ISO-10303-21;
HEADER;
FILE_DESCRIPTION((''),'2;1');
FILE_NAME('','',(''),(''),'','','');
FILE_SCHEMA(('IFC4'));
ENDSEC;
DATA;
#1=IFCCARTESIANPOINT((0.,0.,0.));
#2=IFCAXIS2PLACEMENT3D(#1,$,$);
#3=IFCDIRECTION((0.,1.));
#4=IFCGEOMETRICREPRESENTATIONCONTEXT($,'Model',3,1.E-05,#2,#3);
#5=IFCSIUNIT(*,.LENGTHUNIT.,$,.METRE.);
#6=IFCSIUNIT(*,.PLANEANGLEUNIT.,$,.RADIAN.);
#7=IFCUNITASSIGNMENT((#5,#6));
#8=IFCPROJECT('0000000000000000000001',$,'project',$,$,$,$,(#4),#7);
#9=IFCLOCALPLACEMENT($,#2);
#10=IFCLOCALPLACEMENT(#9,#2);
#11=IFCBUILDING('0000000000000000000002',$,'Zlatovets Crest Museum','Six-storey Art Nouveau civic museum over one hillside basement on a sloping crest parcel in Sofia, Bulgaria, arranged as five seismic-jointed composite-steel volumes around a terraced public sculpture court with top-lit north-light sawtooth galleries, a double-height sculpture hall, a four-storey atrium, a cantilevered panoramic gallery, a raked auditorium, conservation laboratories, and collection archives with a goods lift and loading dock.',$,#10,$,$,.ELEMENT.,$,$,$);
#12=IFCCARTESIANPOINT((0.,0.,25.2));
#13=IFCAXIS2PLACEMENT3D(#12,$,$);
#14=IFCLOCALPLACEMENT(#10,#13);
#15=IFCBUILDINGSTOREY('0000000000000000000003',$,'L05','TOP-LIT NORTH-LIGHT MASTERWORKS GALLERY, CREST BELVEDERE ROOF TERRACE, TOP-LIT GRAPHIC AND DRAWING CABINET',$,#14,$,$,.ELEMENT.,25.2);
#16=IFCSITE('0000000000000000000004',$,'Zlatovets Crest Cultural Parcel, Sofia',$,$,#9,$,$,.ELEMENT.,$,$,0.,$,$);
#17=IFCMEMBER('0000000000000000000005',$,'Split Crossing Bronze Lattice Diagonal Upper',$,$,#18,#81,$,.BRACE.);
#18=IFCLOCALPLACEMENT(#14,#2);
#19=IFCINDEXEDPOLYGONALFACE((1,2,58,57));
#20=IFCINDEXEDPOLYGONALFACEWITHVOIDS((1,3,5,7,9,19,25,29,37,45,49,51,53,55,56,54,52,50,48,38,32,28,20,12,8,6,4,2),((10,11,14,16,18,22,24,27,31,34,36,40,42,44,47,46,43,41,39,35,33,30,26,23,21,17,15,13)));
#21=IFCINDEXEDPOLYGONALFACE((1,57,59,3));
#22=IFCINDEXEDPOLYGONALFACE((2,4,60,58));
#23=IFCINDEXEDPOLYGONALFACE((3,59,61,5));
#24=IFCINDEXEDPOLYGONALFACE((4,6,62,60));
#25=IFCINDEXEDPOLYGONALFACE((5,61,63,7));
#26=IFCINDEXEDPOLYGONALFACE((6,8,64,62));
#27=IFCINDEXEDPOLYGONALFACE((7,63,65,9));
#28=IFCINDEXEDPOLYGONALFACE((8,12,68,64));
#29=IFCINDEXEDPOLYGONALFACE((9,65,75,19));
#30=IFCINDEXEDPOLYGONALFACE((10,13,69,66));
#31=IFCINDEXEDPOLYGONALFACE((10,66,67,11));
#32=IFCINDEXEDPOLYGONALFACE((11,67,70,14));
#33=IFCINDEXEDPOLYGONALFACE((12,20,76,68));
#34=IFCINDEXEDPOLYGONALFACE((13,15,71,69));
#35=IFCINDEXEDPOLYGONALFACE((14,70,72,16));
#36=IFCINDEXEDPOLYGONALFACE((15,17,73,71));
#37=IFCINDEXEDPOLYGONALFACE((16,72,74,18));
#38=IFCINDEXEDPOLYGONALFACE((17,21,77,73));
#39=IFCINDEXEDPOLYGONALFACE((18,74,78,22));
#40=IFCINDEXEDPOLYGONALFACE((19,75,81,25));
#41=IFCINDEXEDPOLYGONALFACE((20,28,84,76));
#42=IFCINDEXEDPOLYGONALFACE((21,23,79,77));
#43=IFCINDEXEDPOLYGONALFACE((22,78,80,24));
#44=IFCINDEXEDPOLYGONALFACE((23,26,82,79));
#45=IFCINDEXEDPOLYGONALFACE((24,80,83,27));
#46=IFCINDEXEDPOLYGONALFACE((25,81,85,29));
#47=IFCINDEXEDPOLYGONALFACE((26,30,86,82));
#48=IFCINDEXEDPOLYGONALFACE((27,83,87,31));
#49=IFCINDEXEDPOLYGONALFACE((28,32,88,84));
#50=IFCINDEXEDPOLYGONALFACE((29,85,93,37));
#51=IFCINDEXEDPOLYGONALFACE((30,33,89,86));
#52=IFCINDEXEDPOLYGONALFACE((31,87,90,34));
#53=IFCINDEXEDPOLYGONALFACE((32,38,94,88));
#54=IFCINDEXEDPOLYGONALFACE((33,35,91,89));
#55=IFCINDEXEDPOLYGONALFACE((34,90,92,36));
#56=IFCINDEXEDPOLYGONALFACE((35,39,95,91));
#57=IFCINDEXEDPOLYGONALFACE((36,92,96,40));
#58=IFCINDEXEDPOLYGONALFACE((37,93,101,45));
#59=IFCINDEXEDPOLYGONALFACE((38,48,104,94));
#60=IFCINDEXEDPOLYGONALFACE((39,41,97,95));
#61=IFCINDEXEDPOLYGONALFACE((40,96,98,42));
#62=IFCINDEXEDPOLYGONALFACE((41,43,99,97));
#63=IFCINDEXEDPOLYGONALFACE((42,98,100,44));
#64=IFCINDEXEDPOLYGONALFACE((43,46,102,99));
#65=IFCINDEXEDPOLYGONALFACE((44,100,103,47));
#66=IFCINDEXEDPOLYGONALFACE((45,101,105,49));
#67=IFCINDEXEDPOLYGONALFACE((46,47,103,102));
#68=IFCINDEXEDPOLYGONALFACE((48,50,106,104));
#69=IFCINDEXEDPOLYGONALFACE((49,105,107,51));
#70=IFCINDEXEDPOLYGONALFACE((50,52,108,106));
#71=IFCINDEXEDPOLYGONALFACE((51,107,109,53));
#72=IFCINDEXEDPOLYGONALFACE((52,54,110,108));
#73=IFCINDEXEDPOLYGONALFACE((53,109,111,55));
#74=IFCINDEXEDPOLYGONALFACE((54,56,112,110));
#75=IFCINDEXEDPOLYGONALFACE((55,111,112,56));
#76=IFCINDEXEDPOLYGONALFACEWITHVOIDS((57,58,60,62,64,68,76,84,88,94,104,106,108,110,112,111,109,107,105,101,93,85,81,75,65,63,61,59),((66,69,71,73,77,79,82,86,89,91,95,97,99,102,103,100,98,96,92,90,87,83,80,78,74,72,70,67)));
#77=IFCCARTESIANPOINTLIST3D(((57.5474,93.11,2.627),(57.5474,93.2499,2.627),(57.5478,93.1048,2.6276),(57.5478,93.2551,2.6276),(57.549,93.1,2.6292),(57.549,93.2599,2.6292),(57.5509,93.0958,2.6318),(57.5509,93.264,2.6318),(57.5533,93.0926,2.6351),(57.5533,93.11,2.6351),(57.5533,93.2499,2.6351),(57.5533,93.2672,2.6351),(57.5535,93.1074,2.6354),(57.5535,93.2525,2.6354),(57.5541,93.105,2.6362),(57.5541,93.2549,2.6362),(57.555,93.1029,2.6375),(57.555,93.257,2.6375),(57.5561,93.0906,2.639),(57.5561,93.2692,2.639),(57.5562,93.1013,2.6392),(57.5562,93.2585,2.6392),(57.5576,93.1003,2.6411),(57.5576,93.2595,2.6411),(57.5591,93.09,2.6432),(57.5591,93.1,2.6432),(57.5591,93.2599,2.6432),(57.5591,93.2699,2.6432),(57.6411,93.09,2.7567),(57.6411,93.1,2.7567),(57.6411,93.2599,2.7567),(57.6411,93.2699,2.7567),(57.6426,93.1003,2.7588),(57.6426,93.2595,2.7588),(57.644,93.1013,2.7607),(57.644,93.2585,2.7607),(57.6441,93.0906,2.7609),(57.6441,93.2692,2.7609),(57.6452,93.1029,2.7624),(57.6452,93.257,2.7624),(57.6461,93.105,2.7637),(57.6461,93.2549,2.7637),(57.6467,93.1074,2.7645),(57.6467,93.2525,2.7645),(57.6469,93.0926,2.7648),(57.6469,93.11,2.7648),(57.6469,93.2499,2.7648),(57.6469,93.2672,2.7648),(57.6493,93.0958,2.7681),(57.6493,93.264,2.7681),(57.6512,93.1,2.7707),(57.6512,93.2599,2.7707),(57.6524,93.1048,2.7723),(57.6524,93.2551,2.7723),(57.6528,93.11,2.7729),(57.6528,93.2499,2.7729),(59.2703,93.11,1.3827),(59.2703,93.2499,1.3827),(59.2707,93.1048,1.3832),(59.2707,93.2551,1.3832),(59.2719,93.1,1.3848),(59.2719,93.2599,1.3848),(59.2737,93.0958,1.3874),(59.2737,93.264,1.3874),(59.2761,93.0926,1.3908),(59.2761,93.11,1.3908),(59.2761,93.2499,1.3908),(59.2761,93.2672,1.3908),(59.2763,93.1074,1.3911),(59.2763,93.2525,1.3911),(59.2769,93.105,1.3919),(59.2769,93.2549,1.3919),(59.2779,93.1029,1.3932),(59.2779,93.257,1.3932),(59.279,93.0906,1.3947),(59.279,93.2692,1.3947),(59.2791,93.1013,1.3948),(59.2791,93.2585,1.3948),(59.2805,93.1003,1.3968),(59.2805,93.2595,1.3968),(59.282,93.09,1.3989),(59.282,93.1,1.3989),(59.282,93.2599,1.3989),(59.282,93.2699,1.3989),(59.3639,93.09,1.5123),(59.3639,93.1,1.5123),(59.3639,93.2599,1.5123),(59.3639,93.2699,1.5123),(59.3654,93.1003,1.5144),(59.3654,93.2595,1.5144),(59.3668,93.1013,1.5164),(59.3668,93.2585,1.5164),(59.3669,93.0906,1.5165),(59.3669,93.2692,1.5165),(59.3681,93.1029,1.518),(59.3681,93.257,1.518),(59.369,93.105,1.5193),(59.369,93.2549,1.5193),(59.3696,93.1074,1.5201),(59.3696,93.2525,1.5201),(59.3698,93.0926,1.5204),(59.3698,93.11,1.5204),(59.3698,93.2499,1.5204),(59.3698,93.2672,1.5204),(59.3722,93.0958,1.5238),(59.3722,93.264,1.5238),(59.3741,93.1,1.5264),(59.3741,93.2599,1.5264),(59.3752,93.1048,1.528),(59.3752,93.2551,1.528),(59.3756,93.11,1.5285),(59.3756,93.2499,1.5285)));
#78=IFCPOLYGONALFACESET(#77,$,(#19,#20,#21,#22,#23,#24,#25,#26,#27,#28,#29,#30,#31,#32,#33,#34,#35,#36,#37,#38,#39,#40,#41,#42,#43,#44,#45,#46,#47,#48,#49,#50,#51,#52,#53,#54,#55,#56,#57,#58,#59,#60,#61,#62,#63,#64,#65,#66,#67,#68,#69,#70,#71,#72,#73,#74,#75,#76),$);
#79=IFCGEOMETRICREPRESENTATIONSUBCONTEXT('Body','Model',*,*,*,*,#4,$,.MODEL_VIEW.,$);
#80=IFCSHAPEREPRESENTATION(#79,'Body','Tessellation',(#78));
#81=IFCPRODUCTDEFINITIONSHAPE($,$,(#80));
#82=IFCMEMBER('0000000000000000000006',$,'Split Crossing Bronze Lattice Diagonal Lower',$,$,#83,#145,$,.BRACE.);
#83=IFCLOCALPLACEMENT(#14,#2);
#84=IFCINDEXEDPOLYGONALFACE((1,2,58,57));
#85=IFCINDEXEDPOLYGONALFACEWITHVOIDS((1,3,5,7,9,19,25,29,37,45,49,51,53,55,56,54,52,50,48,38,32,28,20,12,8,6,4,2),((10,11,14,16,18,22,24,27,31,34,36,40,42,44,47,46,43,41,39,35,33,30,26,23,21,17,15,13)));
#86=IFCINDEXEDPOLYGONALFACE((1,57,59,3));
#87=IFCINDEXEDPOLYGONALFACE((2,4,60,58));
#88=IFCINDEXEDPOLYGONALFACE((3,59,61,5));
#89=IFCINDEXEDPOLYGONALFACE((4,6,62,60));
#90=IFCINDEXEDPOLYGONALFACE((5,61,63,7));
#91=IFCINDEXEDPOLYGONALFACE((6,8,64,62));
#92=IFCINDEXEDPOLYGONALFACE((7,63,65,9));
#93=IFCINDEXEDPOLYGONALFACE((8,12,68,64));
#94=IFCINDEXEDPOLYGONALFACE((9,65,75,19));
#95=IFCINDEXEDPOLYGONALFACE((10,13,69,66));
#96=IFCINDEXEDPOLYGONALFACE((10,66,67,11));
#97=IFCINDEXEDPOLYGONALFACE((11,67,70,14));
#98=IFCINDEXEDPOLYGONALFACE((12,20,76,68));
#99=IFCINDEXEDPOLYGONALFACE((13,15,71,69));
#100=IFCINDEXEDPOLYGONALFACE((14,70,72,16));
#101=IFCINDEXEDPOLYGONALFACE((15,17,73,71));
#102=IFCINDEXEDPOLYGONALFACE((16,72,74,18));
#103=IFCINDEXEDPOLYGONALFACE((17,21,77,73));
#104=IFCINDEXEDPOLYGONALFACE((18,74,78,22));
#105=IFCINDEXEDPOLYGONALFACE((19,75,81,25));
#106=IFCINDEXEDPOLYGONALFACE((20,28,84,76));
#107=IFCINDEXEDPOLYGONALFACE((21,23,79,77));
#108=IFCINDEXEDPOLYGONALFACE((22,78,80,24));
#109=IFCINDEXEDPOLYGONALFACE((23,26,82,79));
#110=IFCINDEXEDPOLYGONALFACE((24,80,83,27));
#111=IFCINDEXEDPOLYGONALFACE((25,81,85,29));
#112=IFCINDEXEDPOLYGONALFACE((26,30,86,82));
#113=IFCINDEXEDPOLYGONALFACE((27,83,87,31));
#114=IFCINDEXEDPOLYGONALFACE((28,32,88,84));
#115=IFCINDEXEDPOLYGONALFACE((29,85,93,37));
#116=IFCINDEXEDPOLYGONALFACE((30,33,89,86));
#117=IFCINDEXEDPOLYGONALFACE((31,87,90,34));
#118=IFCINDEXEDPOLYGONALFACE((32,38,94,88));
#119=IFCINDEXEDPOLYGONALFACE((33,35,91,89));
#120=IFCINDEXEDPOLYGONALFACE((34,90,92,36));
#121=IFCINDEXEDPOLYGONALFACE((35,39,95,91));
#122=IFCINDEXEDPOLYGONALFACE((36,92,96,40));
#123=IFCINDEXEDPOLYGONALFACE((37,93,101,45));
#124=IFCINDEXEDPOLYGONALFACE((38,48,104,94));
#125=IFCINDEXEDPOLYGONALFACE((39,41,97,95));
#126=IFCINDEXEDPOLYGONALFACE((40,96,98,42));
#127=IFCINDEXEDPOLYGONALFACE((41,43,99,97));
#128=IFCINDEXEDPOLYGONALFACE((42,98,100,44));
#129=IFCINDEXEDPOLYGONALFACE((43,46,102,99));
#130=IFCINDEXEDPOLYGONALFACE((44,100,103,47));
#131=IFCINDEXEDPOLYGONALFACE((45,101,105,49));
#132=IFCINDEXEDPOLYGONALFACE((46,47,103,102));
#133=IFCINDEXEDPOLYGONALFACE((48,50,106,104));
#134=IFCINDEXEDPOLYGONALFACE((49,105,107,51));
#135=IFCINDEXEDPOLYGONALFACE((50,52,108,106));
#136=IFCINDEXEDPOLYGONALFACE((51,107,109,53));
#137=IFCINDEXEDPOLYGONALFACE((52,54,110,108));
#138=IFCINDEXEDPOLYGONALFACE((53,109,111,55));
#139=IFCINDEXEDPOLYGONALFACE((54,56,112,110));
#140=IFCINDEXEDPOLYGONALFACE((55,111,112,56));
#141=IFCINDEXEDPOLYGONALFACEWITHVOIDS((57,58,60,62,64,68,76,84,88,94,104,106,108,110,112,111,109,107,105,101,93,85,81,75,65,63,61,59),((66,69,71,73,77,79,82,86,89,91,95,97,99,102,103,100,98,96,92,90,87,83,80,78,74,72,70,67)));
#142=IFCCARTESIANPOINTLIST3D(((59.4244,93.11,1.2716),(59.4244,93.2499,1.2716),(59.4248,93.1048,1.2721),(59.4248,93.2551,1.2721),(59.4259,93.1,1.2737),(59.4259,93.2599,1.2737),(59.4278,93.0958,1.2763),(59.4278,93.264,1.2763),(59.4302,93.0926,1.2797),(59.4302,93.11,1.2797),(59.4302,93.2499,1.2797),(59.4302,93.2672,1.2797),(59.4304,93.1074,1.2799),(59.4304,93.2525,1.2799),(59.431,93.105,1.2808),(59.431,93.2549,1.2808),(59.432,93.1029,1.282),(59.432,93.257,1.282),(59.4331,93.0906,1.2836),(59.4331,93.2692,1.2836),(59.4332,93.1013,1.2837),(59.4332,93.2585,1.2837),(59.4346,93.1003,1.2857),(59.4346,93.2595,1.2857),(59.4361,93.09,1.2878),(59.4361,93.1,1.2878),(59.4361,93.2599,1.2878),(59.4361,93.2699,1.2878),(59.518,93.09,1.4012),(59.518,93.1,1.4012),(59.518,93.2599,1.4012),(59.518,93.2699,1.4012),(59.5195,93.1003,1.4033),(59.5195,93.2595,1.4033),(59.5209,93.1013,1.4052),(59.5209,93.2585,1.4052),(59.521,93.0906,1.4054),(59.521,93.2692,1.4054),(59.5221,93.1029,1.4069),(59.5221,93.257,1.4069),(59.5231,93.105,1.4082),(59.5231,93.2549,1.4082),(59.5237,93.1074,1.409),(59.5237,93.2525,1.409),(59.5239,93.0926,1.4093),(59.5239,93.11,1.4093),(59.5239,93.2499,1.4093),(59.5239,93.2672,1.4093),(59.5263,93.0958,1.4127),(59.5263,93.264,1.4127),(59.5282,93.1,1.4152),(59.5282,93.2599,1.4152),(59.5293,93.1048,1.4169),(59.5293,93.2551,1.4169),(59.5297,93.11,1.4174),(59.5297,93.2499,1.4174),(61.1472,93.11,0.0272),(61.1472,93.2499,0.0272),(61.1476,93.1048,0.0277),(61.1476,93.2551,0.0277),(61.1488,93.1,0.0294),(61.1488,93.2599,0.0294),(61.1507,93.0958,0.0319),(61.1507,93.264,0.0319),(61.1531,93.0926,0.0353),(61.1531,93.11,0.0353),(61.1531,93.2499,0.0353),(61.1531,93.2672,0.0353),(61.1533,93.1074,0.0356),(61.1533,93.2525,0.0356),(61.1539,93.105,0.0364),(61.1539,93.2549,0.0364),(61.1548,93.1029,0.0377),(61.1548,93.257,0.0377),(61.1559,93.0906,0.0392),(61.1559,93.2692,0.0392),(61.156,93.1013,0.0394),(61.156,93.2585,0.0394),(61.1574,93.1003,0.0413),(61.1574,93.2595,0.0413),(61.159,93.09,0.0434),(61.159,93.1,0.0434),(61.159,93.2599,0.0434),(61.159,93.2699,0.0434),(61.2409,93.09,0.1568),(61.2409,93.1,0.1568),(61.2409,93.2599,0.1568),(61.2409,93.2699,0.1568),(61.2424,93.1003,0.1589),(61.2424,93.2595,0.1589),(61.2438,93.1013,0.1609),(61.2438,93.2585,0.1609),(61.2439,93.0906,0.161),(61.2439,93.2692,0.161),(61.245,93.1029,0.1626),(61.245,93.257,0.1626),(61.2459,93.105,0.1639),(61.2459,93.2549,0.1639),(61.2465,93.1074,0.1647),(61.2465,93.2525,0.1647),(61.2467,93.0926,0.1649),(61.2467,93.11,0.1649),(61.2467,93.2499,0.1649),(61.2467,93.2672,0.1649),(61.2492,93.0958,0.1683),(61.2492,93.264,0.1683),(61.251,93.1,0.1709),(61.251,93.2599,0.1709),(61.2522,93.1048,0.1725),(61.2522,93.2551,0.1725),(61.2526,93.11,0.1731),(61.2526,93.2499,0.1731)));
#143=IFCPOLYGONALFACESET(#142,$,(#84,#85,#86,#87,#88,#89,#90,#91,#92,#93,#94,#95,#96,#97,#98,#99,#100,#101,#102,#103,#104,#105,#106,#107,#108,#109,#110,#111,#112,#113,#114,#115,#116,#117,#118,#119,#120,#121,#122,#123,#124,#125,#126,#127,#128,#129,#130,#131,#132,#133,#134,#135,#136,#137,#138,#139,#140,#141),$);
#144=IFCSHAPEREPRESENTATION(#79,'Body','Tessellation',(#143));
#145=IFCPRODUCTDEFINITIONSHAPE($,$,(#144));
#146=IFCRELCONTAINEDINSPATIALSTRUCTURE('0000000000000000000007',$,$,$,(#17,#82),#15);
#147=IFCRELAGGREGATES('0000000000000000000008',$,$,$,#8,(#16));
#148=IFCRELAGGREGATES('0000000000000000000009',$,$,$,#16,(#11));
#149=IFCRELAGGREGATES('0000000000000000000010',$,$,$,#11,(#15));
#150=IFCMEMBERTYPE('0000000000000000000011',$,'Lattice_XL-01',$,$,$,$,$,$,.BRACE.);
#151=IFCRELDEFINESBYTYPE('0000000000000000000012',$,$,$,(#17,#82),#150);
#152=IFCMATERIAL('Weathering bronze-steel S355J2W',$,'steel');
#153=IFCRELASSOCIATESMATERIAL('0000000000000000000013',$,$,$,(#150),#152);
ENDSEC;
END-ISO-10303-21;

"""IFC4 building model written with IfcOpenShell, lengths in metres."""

from ifc_helpers import new_model, si_unit, direction, frame, origin, origin_2d, place, context, subcontext, project, spatial, hollow_rectangle, extrude, material, material_profile, profile_set, type_object, element, save


model = new_model("IFC4")

# Units and contexts
model_context = context("Model", 3, precision=1e-05, world=origin(), true_north=direction((0.0, 1.0)))
body_context = subcontext(model_context, "Body", "Model", "MODEL_VIEW")
ifc_project = project(units=[si_unit("LENGTHUNIT", "METRE"), si_unit("PLANEANGLEUNIT", "RADIAN")], contexts=[model_context])

# Site, building, storey
site_placement = place(None, origin())
site = spatial("IfcSite", under=ifc_project, at=site_placement, Name="Zlatovets Crest Cultural Parcel, Sofia", CompositionType="ELEMENT", RefElevation=0.0)
building_placement = place(site_placement, origin())
building = spatial("IfcBuilding", under=site, at=building_placement, Name="Zlatovets Crest Museum", Description="Six-storey Art Nouveau civic museum over one hillside basement on a sloping crest parcel in Sofia, Bulgaria, arranged as five seismic-jointed composite-steel volumes around a terraced public sculpture court with top-lit north-light sawtooth galleries, a double-height sculpture hall, a four-storey atrium, a cantilevered panoramic gallery, a raked auditorium, conservation laboratories, and collection archives with a goods lift and loading dock.", CompositionType="ELEMENT")
storey_placement = place(building_placement, frame((0.0, 0.0, 25.2)))
storey = spatial("IfcBuildingStorey", under=building, at=storey_placement, Name="L05", Description="TOP-LIT NORTH-LIGHT MASTERWORKS GALLERY, CREST BELVEDERE ROOF TERRACE, TOP-LIT GRAPHIC AND DRAWING CABINET", CompositionType="ELEMENT", Elevation=25.2)

# Members
ifc_material_1 = material(Name="Weathering bronze-steel S355J2W", Category="steel")
ifc_material_profile_1 = material_profile(ifc_material_1, hollow_rectangle(XDim=0.1799, YDim=0.1799, WallThickness=0.01, InnerFilletRadius=0.01, OuterFilletRadius=0.02, at=origin_2d()), Name="SHS 180x180x10.0")
ifc_profile_set_1 = profile_set([ifc_material_profile_1], Name="Weathering bronze-steel S355J2W")
member_type_1 = type_object("IfcMemberType", Name="Lattice_XL-01", PredefinedType="BRACE", material=ifc_profile_set_1)
for number, where, z_axis, x_axis, name in (
    (1, (57.6001, 93.1799, 2.7), (0.810664, 0.0, -0.585512), (0.0, 1.0, 0.0), "Split Crossing Bronze Lattice Diagonal Upper"),
    (2, (59.4771, 93.1799, 1.3445), (0.810664, 0.0, -0.585512), (0.0, 1.0, 0.0), "Split Crossing Bronze Lattice Diagonal Lower"),
):
    element("IfcMember", number, at=place(storey_placement, frame(where, z_axis=z_axis, x_axis=x_axis)), inside=storey, type_object=member_type_1, Name=name, PredefinedType="BRACE", context=body_context, shape_type="SweptSolid", body=[
        extrude(hollow_rectangle(XDim=0.1799, YDim=0.1799, WallThickness=0.01, InnerFilletRadius=0.01, OuterFilletRadius=0.02, at=origin_2d()), origin(), (0.0, 0.0, 1.0), 2.1252),
    ])

save(model, "model.ifc")
